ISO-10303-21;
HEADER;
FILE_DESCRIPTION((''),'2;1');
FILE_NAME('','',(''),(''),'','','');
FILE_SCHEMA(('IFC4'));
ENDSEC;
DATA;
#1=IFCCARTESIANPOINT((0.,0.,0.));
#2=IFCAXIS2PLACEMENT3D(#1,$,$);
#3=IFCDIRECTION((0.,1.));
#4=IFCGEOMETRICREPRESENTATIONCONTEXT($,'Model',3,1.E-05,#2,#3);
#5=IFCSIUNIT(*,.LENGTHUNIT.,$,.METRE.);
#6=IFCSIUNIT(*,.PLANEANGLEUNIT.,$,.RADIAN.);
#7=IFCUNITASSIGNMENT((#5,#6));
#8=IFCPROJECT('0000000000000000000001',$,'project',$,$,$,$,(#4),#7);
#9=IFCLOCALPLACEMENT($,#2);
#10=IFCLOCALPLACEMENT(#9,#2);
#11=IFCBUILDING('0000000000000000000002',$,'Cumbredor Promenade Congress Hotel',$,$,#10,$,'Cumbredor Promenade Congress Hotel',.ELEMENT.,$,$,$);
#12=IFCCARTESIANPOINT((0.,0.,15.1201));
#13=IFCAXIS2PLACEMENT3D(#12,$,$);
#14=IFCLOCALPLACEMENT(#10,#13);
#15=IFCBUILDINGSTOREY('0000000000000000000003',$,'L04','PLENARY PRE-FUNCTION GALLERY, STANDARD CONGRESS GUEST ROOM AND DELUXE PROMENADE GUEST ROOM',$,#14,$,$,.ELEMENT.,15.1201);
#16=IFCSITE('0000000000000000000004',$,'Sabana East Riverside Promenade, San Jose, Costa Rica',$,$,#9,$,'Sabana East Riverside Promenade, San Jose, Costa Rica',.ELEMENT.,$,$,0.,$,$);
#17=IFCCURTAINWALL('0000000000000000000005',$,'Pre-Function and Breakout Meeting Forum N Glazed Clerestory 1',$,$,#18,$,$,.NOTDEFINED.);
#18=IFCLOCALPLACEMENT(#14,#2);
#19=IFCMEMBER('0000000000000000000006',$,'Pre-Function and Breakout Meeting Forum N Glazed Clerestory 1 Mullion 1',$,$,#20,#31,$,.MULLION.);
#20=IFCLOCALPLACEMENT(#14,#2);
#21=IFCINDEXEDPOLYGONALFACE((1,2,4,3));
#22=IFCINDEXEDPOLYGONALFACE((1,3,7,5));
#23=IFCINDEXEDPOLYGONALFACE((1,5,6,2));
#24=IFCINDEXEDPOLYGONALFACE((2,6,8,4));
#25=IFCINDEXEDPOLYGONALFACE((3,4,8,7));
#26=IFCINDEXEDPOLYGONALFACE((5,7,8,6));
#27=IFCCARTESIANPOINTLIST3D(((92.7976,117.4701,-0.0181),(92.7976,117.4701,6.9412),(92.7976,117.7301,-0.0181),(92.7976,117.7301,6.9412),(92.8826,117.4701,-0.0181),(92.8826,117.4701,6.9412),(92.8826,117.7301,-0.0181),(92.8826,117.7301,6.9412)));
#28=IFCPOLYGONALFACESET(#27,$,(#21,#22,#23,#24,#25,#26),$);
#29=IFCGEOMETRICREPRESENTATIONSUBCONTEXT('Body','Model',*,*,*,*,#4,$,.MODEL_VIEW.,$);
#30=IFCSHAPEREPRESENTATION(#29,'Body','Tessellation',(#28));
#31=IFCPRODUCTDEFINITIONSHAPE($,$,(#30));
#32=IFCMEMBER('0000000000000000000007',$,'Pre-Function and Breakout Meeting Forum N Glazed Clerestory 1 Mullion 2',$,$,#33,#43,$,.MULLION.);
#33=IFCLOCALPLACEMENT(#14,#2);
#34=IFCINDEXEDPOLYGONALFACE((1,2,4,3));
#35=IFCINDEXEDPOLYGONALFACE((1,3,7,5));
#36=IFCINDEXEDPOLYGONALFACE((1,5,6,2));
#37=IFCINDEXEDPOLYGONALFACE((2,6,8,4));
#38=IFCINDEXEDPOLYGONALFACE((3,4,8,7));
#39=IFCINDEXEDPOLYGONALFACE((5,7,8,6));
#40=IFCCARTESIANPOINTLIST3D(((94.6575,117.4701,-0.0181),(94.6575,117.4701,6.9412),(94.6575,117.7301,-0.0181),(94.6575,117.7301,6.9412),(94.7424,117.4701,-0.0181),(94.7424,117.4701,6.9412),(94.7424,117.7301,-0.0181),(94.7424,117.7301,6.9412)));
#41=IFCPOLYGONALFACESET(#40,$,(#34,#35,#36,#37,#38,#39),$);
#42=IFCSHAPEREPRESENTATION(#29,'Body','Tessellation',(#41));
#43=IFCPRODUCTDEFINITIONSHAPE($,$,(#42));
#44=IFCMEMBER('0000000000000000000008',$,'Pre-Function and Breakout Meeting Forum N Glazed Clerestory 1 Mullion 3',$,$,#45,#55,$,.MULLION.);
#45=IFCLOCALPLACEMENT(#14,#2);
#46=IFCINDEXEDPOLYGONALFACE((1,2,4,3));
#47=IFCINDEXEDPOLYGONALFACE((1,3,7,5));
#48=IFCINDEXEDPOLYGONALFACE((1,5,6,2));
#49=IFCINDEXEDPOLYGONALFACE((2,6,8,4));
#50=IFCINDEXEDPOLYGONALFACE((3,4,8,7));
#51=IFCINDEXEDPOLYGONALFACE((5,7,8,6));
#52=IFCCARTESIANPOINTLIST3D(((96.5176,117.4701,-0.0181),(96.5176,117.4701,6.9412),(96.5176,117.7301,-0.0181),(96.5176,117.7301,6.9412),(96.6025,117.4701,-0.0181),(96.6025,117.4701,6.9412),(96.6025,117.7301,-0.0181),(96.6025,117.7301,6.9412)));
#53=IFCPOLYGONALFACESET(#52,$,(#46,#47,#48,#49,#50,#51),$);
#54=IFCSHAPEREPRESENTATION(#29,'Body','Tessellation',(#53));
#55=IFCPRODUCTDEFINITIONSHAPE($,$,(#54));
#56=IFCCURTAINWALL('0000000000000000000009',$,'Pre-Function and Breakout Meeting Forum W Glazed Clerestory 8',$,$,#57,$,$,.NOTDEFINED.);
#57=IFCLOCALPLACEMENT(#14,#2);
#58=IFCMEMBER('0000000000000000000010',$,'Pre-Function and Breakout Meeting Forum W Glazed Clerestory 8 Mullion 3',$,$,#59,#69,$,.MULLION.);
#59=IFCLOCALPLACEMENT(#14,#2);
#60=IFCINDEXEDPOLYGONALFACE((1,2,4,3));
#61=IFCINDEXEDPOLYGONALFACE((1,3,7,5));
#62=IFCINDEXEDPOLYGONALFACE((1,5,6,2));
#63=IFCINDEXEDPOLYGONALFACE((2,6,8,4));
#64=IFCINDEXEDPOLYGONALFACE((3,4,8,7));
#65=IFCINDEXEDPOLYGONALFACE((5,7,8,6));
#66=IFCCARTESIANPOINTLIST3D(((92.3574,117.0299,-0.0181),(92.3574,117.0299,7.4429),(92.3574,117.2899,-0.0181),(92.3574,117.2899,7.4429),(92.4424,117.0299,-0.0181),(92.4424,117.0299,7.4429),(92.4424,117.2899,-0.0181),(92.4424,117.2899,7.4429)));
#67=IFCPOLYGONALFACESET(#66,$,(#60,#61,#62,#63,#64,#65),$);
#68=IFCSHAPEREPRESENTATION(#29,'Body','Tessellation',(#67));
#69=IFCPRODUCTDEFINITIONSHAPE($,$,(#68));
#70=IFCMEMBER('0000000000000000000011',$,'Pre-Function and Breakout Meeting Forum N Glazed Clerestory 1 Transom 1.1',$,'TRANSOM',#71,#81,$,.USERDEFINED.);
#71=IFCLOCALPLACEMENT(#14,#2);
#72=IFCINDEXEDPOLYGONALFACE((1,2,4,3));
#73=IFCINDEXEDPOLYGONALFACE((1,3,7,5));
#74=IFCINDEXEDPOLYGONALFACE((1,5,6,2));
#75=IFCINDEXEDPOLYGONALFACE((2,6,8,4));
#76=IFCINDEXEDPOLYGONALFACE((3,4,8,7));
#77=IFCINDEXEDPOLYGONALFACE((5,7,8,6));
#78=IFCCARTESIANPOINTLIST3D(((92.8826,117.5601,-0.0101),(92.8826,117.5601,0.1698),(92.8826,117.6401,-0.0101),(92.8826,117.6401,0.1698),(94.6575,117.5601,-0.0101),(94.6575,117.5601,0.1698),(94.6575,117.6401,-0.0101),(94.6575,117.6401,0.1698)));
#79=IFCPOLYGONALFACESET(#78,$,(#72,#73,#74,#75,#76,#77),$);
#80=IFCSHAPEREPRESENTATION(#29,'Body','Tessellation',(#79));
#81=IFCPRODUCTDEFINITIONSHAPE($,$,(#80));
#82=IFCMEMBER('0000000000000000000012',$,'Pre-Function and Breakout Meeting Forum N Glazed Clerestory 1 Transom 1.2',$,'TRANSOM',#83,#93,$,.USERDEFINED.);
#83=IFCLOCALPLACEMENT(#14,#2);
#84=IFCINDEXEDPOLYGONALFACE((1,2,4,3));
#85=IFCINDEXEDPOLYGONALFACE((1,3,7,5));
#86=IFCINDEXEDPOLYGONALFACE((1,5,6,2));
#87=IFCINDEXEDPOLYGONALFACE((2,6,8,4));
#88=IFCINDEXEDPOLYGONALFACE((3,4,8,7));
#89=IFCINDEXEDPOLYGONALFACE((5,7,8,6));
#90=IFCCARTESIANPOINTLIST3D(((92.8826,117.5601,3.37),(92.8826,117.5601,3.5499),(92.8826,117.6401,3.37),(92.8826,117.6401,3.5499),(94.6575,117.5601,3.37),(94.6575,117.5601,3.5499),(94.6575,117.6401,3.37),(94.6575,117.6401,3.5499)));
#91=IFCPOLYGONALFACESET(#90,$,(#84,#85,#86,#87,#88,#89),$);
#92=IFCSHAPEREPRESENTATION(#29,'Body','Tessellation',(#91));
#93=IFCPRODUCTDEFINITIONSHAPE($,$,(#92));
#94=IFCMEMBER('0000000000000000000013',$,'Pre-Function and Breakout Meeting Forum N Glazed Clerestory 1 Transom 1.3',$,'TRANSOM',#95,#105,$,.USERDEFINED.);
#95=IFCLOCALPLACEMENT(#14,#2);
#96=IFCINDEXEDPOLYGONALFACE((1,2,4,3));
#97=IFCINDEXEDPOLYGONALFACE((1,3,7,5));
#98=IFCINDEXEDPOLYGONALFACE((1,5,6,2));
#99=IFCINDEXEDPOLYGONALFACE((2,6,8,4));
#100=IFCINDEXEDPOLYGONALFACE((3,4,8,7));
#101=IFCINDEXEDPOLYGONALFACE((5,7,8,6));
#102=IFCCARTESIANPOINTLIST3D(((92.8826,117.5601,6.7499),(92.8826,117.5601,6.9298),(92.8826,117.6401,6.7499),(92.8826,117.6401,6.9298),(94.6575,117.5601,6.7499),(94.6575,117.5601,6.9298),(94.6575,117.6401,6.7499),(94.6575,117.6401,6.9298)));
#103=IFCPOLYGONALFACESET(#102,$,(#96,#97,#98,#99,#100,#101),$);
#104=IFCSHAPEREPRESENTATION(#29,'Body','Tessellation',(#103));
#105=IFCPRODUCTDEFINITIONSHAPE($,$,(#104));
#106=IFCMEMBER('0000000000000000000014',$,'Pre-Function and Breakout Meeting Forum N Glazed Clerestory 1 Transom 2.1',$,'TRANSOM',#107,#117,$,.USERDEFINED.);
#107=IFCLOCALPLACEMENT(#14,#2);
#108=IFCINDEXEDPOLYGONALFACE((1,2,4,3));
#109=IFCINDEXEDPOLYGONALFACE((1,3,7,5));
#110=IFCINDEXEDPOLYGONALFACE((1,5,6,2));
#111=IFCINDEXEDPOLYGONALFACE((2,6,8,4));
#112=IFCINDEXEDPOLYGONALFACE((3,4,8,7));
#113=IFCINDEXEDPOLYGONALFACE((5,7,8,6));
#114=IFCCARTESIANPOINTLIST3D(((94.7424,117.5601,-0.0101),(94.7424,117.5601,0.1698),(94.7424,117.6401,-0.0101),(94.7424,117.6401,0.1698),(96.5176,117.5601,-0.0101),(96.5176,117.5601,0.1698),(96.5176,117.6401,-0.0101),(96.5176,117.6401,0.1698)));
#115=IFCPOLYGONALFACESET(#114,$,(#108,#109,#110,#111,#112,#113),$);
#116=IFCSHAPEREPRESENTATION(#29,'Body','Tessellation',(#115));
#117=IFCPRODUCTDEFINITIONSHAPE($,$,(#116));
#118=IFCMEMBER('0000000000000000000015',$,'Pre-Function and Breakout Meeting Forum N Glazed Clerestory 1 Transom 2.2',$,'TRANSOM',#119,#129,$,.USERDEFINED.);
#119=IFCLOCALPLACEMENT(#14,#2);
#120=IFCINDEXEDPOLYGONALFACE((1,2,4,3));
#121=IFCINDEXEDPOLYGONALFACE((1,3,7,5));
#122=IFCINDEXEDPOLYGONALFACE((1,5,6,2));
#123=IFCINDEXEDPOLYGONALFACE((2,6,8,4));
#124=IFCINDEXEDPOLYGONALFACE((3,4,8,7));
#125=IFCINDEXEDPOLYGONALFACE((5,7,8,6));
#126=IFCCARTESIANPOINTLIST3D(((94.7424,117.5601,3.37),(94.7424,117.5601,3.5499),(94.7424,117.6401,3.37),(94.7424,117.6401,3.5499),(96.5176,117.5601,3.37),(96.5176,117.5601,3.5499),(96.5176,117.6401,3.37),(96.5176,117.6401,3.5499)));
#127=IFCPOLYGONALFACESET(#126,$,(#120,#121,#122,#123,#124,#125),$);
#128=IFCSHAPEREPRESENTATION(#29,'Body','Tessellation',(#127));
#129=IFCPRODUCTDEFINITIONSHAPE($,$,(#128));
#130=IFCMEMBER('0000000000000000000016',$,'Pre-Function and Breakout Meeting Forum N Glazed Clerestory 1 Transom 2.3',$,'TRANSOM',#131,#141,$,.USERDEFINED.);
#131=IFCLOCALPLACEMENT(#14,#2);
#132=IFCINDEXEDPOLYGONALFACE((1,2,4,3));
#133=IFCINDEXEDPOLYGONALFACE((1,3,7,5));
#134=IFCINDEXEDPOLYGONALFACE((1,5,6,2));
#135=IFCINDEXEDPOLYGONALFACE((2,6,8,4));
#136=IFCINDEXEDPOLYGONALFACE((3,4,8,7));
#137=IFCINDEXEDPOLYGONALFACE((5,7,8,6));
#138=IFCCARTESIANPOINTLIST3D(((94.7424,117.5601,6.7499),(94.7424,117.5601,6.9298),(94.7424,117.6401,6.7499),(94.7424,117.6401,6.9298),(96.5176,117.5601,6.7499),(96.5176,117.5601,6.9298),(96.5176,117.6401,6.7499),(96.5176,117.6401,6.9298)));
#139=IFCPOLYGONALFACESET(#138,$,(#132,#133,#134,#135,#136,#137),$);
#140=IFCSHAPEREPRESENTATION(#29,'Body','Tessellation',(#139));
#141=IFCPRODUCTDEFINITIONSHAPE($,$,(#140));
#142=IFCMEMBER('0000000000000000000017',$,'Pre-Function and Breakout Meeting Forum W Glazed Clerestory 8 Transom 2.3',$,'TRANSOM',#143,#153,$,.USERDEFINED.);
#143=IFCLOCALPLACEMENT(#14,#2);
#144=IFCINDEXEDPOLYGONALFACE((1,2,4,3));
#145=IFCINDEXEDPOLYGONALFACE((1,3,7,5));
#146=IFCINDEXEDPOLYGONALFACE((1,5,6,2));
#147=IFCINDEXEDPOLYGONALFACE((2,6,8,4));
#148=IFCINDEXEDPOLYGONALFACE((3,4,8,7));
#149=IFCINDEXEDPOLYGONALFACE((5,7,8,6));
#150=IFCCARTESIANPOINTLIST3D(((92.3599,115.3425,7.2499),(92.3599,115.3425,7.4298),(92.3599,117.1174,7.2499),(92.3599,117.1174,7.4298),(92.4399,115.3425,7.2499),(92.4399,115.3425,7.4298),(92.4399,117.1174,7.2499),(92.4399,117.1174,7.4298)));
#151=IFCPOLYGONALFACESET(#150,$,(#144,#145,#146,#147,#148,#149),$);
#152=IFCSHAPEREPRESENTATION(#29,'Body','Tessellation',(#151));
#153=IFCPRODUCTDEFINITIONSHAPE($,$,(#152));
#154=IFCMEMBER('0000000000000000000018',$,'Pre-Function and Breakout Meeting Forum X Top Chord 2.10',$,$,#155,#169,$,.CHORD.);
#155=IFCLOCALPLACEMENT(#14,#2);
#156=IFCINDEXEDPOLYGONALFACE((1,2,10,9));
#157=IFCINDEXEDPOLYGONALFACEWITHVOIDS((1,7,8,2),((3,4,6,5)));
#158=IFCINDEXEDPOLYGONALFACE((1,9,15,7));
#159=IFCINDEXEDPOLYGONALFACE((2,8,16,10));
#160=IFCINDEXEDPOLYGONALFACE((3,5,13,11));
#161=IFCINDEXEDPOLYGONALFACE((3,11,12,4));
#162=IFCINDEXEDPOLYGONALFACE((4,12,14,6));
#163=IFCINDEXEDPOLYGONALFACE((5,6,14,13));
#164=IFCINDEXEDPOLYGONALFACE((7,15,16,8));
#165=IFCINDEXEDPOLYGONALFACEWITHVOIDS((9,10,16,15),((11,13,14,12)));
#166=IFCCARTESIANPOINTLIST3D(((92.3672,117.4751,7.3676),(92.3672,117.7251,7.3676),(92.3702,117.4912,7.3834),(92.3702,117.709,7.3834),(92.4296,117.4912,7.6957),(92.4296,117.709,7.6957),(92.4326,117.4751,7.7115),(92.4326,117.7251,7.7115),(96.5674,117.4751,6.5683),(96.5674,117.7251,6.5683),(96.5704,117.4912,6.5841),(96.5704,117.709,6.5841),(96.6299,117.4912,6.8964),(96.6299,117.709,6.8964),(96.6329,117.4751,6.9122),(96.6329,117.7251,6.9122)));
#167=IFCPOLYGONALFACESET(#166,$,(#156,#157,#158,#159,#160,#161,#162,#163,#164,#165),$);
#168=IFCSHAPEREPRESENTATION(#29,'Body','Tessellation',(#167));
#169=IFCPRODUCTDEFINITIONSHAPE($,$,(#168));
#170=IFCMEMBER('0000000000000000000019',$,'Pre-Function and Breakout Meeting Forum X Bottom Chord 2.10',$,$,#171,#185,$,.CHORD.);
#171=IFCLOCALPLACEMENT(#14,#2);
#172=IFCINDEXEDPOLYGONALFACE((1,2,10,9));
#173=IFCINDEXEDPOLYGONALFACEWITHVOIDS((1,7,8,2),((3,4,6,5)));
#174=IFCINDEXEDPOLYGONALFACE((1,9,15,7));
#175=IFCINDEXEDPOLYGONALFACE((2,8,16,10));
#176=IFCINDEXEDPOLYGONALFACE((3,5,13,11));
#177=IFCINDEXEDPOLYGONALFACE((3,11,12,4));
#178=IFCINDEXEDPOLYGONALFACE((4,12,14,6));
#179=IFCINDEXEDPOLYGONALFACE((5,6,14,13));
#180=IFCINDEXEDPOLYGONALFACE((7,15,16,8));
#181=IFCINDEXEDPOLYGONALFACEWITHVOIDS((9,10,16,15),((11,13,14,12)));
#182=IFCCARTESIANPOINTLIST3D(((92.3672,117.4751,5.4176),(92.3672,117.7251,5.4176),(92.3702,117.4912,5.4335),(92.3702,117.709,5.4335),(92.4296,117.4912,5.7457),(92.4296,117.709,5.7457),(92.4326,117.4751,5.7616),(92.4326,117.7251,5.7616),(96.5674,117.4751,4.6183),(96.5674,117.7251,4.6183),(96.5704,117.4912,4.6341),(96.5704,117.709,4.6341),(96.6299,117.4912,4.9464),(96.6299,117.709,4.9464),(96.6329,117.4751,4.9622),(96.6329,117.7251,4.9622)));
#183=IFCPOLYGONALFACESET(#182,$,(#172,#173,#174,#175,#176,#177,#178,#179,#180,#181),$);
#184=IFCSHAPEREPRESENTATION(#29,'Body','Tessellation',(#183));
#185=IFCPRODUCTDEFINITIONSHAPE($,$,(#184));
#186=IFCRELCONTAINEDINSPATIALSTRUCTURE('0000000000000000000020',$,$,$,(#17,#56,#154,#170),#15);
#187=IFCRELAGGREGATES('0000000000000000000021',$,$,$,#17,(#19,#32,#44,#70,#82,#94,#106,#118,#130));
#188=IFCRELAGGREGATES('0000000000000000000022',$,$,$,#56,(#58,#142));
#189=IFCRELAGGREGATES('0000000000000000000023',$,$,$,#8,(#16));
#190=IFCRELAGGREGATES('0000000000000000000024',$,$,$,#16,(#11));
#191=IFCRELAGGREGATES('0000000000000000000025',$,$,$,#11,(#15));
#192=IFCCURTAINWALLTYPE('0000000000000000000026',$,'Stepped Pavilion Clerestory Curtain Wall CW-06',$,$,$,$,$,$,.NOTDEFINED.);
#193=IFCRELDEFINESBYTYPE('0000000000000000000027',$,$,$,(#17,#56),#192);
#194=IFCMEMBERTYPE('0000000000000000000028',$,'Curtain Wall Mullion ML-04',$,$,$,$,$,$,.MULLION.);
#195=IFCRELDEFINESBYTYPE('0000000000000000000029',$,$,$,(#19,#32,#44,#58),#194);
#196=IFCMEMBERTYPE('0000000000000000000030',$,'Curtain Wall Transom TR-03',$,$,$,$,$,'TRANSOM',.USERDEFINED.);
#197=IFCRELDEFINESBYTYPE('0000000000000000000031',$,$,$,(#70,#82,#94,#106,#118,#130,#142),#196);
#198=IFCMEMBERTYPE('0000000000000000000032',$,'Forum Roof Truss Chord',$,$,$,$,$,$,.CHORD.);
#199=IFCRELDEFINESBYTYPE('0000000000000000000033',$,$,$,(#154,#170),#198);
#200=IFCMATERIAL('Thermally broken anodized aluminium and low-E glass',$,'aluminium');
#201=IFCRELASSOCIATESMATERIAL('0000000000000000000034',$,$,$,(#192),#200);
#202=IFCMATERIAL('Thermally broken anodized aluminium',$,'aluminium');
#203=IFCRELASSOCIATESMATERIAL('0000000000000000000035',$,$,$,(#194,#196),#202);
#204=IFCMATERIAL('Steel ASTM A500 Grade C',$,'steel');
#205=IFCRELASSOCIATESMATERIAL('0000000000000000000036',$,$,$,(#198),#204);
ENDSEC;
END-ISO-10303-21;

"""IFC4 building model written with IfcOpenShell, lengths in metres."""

from ifc_helpers import new_model, si_unit, direction, frame, origin, origin_2d, place, context, subcontext, project, spatial, rectangle, hollow_rectangle, extrude, material, material_profile, profile_set, type_object, element, aggregate, save


model = new_model("IFC4")

# Units and contexts
model_context = context("Model", 3, precision=1e-05, world=origin(), true_north=direction((0.0, 1.0)))
body_context = subcontext(model_context, "Body", "Model", "MODEL_VIEW")
ifc_project = project(units=[si_unit("LENGTHUNIT", "METRE"), si_unit("PLANEANGLEUNIT", "RADIAN")], contexts=[model_context])

# Site, building, storey
site_placement = place(None, origin())
site = spatial("IfcSite", under=ifc_project, at=site_placement, Name="Sabana East Riverside Promenade, San Jose, Costa Rica", LongName="Sabana East Riverside Promenade, San Jose, Costa Rica", CompositionType="ELEMENT", RefElevation=0.0)
building_placement = place(site_placement, origin())
building = spatial("IfcBuilding", under=site, at=building_placement, Name="Cumbredor Promenade Congress Hotel", LongName="Cumbredor Promenade Congress Hotel", CompositionType="ELEMENT")
storey_placement = place(building_placement, frame((0.0, 0.0, 15.1201)))
storey = spatial("IfcBuildingStorey", under=building, at=storey_placement, Name="L04", Description="PLENARY PRE-FUNCTION GALLERY, STANDARD CONGRESS GUEST ROOM AND DELUXE PROMENADE GUEST ROOM", CompositionType="ELEMENT", Elevation=15.1201)

# Curtain wall, members
ifc_material_1 = material(Name="Thermally broken anodized aluminium and low-E glass", Category="aluminium")
curtain_wall_type = type_object("IfcCurtainWallType", Name="Stepped Pavilion Clerestory Curtain Wall CW-06", PredefinedType="NOTDEFINED", material=ifc_material_1)
curtain_wall_1_placement = place(storey_placement, origin())
curtain_wall_1 = element("IfcCurtainWall", 1, at=curtain_wall_1_placement, inside=storey, type_object=curtain_wall_type, Name="Pre-Function and Breakout Meeting Forum N Glazed Clerestory 1", PredefinedType="NOTDEFINED")
ifc_material_2 = material(Name="Thermally broken anodized aluminium", Category="aluminium")
ifc_material_profile_1 = material_profile(ifc_material_2, rectangle(XDim=0.085, YDim=0.26, at=origin_2d()), Name="ALU MULLION CLERESTORY 85x260")
ifc_profile_set_1 = profile_set([ifc_material_profile_1], Name="Thermally broken anodized aluminium")
member_type_1 = type_object("IfcMemberType", Name="Curtain Wall Mullion ML-04", PredefinedType="MULLION", material=ifc_profile_set_1)
member_1_placement = place(storey_placement, frame((92.8401, 117.6001, -0.0181), z_axis=(0.0, 0.0, 1.0), x_axis=(1.0, 0.0, 0.0)))
member_1 = element("IfcMember", 2, at=member_1_placement, type_object=member_type_1, Name="Pre-Function and Breakout Meeting Forum N Glazed Clerestory 1 Mullion 1", PredefinedType="MULLION", context=body_context, shape_type="SweptSolid", body=[
    extrude(rectangle(XDim=0.085, YDim=0.26, at=origin_2d()), origin(), (0.0, 0.0, 1.0), 6.9592),
])
member_2_placement = place(storey_placement, frame((94.7, 117.6001, -0.0181), z_axis=(0.0, 0.0, 1.0), x_axis=(1.0, 0.0, 0.0)))
member_2 = element("IfcMember", 3, at=member_2_placement, type_object=member_type_1, Name="Pre-Function and Breakout Meeting Forum N Glazed Clerestory 1 Mullion 2", PredefinedType="MULLION", context=body_context, shape_type="SweptSolid", body=[
    extrude(rectangle(XDim=0.085, YDim=0.26, at=origin_2d()), origin(), (0.0, 0.0, 1.0), 6.9592),
])
member_3_placement = place(storey_placement, frame((96.5601, 117.6001, -0.0181), z_axis=(0.0, 0.0, 1.0), x_axis=(1.0, 0.0, 0.0)))
member_3 = element("IfcMember", 4, at=member_3_placement, type_object=member_type_1, Name="Pre-Function and Breakout Meeting Forum N Glazed Clerestory 1 Mullion 3", PredefinedType="MULLION", context=body_context, shape_type="SweptSolid", body=[
    extrude(rectangle(XDim=0.085, YDim=0.26, at=origin_2d()), origin(), (0.0, 0.0, 1.0), 6.9592),
])

# Curtain wall, member
curtain_wall_2_placement = place(storey_placement, origin())
curtain_wall_2 = element("IfcCurtainWall", 5, at=curtain_wall_2_placement, inside=storey, type_object=curtain_wall_type, Name="Pre-Function and Breakout Meeting Forum W Glazed Clerestory 8", PredefinedType="NOTDEFINED")
member_4_placement = place(storey_placement, frame((92.3999, 117.1599, -0.0181), z_axis=(0.0, 0.0, 1.0), x_axis=(1.0, 0.0, 0.0)))
member_4 = element("IfcMember", 6, at=member_4_placement, type_object=member_type_1, Name="Pre-Function and Breakout Meeting Forum W Glazed Clerestory 8 Mullion 3", PredefinedType="MULLION", context=body_context, shape_type="SweptSolid", body=[
    extrude(rectangle(XDim=0.085, YDim=0.26, at=origin_2d()), origin(), (0.0, 0.0, 1.0), 7.4609),
])

# Members
ifc_material_profile_2 = material_profile(ifc_material_2, rectangle(XDim=0.0801, YDim=0.1799, at=origin_2d()), Name="ALU TRANSOM 80x180")
ifc_profile_set_2 = profile_set([ifc_material_profile_2], Name="Thermally broken anodized aluminium")
member_type_2 = type_object("IfcMemberType", Name="Curtain Wall Transom TR-03", ElementType="TRANSOM", PredefinedType="USERDEFINED", material=ifc_profile_set_2)
member_5_placement = place(storey_placement, frame((92.8826, 117.6001, 0.0798), z_axis=(1.0, 0.0, 0.0), x_axis=(0.0, 1.0, 0.0)))
member_5 = element("IfcMember", 7, at=member_5_placement, type_object=member_type_2, Name="Pre-Function and Breakout Meeting Forum N Glazed Clerestory 1 Transom 1.1", ObjectType="TRANSOM", PredefinedType="USERDEFINED", context=body_context, shape_type="SweptSolid", body=[
    extrude(rectangle(XDim=0.0801, YDim=0.1799, at=origin_2d()), origin(), (0.0, 0.0, 1.0), 1.7749),
])
member_6_placement = place(storey_placement, frame((92.8826, 117.6001, 3.46), z_axis=(1.0, 0.0, 0.0), x_axis=(0.0, 1.0, 0.0)))
member_6 = element("IfcMember", 8, at=member_6_placement, type_object=member_type_2, Name="Pre-Function and Breakout Meeting Forum N Glazed Clerestory 1 Transom 1.2", ObjectType="TRANSOM", PredefinedType="USERDEFINED", context=body_context, shape_type="SweptSolid", body=[
    extrude(rectangle(XDim=0.0801, YDim=0.1799, at=origin_2d()), origin(), (0.0, 0.0, 1.0), 1.7749),
])
member_7_placement = place(storey_placement, frame((92.8826, 117.6001, 6.8398), z_axis=(1.0, 0.0, 0.0), x_axis=(0.0, 1.0, 0.0)))
member_7 = element("IfcMember", 9, at=member_7_placement, type_object=member_type_2, Name="Pre-Function and Breakout Meeting Forum N Glazed Clerestory 1 Transom 1.3", ObjectType="TRANSOM", PredefinedType="USERDEFINED", context=body_context, shape_type="SweptSolid", body=[
    extrude(rectangle(XDim=0.0801, YDim=0.1799, at=origin_2d()), origin(), (0.0, 0.0, 1.0), 1.7749),
])
member_8_placement = place(storey_placement, frame((94.7424, 117.6001, 0.0798), z_axis=(1.0, 0.0, 0.0), x_axis=(0.0, 1.0, 0.0)))
member_8 = element("IfcMember", 10, at=member_8_placement, type_object=member_type_2, Name="Pre-Function and Breakout Meeting Forum N Glazed Clerestory 1 Transom 2.1", ObjectType="TRANSOM", PredefinedType="USERDEFINED", context=body_context, shape_type="SweptSolid", body=[
    extrude(rectangle(XDim=0.0801, YDim=0.1799, at=origin_2d()), origin(), (0.0, 0.0, 1.0), 1.7751),
])
member_9_placement = place(storey_placement, frame((94.7424, 117.6001, 3.46), z_axis=(1.0, 0.0, 0.0), x_axis=(0.0, 1.0, 0.0)))
member_9 = element("IfcMember", 11, at=member_9_placement, type_object=member_type_2, Name="Pre-Function and Breakout Meeting Forum N Glazed Clerestory 1 Transom 2.2", ObjectType="TRANSOM", PredefinedType="USERDEFINED", context=body_context, shape_type="SweptSolid", body=[
    extrude(rectangle(XDim=0.0801, YDim=0.1799, at=origin_2d()), origin(), (0.0, 0.0, 1.0), 1.7751),
])
member_10_placement = place(storey_placement, frame((94.7424, 117.6001, 6.8398), z_axis=(1.0, 0.0, 0.0), x_axis=(0.0, 1.0, 0.0)))
member_10 = element("IfcMember", 12, at=member_10_placement, type_object=member_type_2, Name="Pre-Function and Breakout Meeting Forum N Glazed Clerestory 1 Transom 2.3", ObjectType="TRANSOM", PredefinedType="USERDEFINED", context=body_context, shape_type="SweptSolid", body=[
    extrude(rectangle(XDim=0.0801, YDim=0.1799, at=origin_2d()), origin(), (0.0, 0.0, 1.0), 1.7751),
])
member_11_placement = place(storey_placement, frame((92.3999, 115.3425, 7.3398), z_axis=(0.0, 1.0, 0.0), x_axis=(-1.0, 0.0, 0.0)))
member_11 = element("IfcMember", 13, at=member_11_placement, type_object=member_type_2, Name="Pre-Function and Breakout Meeting Forum W Glazed Clerestory 8 Transom 2.3", ObjectType="TRANSOM", PredefinedType="USERDEFINED", context=body_context, shape_type="SweptSolid", body=[
    extrude(rectangle(XDim=0.0801, YDim=0.1799, at=origin_2d()), origin(), (0.0, 0.0, 1.0), 1.7749),
])

# Members
ifc_material_3 = material(Name="Steel ASTM A500 Grade C", Category="steel")
ifc_material_profile_3 = material_profile(ifc_material_3, hollow_rectangle(XDim=0.25, YDim=0.3501, WallThickness=0.0161, at=origin_2d()), Name="HSS 350x250x16")
ifc_profile_set_3 = profile_set([ifc_material_profile_3], Name="Steel ASTM A500 Grade C")
member_type_3 = type_object("IfcMemberType", Name="Forum Roof Truss Chord", PredefinedType="CHORD", material=ifc_profile_set_3)
for number, where, z_axis, x_axis, name in (
    (14, (92.3999, 117.6001, 7.5396), (0.98237, 0.0, -0.186949), (0.0, 1.0, 0.0), "Pre-Function and Breakout Meeting Forum X Top Chord 2.10"),
    (15, (92.3999, 117.6001, 5.5896), (0.98237, 0.0, -0.186949), (0.0, 1.0, 0.0), "Pre-Function and Breakout Meeting Forum X Bottom Chord 2.10"),
):
    element("IfcMember", number, at=place(storey_placement, frame(where, z_axis=z_axis, x_axis=x_axis)), inside=storey, type_object=member_type_3, Name=name, PredefinedType="CHORD", context=body_context, shape_type="SweptSolid", body=[
        extrude(hollow_rectangle(XDim=0.25, YDim=0.3501, WallThickness=0.0161, at=origin_2d()), origin(), (0.0, 0.0, 1.0), 4.2756),
    ])

aggregate(curtain_wall_1, [member_1, member_2, member_3, member_5, member_6, member_7, member_8, member_9, member_10])
aggregate(curtain_wall_2, [member_4, member_11])

save(model, "model.ifc")
